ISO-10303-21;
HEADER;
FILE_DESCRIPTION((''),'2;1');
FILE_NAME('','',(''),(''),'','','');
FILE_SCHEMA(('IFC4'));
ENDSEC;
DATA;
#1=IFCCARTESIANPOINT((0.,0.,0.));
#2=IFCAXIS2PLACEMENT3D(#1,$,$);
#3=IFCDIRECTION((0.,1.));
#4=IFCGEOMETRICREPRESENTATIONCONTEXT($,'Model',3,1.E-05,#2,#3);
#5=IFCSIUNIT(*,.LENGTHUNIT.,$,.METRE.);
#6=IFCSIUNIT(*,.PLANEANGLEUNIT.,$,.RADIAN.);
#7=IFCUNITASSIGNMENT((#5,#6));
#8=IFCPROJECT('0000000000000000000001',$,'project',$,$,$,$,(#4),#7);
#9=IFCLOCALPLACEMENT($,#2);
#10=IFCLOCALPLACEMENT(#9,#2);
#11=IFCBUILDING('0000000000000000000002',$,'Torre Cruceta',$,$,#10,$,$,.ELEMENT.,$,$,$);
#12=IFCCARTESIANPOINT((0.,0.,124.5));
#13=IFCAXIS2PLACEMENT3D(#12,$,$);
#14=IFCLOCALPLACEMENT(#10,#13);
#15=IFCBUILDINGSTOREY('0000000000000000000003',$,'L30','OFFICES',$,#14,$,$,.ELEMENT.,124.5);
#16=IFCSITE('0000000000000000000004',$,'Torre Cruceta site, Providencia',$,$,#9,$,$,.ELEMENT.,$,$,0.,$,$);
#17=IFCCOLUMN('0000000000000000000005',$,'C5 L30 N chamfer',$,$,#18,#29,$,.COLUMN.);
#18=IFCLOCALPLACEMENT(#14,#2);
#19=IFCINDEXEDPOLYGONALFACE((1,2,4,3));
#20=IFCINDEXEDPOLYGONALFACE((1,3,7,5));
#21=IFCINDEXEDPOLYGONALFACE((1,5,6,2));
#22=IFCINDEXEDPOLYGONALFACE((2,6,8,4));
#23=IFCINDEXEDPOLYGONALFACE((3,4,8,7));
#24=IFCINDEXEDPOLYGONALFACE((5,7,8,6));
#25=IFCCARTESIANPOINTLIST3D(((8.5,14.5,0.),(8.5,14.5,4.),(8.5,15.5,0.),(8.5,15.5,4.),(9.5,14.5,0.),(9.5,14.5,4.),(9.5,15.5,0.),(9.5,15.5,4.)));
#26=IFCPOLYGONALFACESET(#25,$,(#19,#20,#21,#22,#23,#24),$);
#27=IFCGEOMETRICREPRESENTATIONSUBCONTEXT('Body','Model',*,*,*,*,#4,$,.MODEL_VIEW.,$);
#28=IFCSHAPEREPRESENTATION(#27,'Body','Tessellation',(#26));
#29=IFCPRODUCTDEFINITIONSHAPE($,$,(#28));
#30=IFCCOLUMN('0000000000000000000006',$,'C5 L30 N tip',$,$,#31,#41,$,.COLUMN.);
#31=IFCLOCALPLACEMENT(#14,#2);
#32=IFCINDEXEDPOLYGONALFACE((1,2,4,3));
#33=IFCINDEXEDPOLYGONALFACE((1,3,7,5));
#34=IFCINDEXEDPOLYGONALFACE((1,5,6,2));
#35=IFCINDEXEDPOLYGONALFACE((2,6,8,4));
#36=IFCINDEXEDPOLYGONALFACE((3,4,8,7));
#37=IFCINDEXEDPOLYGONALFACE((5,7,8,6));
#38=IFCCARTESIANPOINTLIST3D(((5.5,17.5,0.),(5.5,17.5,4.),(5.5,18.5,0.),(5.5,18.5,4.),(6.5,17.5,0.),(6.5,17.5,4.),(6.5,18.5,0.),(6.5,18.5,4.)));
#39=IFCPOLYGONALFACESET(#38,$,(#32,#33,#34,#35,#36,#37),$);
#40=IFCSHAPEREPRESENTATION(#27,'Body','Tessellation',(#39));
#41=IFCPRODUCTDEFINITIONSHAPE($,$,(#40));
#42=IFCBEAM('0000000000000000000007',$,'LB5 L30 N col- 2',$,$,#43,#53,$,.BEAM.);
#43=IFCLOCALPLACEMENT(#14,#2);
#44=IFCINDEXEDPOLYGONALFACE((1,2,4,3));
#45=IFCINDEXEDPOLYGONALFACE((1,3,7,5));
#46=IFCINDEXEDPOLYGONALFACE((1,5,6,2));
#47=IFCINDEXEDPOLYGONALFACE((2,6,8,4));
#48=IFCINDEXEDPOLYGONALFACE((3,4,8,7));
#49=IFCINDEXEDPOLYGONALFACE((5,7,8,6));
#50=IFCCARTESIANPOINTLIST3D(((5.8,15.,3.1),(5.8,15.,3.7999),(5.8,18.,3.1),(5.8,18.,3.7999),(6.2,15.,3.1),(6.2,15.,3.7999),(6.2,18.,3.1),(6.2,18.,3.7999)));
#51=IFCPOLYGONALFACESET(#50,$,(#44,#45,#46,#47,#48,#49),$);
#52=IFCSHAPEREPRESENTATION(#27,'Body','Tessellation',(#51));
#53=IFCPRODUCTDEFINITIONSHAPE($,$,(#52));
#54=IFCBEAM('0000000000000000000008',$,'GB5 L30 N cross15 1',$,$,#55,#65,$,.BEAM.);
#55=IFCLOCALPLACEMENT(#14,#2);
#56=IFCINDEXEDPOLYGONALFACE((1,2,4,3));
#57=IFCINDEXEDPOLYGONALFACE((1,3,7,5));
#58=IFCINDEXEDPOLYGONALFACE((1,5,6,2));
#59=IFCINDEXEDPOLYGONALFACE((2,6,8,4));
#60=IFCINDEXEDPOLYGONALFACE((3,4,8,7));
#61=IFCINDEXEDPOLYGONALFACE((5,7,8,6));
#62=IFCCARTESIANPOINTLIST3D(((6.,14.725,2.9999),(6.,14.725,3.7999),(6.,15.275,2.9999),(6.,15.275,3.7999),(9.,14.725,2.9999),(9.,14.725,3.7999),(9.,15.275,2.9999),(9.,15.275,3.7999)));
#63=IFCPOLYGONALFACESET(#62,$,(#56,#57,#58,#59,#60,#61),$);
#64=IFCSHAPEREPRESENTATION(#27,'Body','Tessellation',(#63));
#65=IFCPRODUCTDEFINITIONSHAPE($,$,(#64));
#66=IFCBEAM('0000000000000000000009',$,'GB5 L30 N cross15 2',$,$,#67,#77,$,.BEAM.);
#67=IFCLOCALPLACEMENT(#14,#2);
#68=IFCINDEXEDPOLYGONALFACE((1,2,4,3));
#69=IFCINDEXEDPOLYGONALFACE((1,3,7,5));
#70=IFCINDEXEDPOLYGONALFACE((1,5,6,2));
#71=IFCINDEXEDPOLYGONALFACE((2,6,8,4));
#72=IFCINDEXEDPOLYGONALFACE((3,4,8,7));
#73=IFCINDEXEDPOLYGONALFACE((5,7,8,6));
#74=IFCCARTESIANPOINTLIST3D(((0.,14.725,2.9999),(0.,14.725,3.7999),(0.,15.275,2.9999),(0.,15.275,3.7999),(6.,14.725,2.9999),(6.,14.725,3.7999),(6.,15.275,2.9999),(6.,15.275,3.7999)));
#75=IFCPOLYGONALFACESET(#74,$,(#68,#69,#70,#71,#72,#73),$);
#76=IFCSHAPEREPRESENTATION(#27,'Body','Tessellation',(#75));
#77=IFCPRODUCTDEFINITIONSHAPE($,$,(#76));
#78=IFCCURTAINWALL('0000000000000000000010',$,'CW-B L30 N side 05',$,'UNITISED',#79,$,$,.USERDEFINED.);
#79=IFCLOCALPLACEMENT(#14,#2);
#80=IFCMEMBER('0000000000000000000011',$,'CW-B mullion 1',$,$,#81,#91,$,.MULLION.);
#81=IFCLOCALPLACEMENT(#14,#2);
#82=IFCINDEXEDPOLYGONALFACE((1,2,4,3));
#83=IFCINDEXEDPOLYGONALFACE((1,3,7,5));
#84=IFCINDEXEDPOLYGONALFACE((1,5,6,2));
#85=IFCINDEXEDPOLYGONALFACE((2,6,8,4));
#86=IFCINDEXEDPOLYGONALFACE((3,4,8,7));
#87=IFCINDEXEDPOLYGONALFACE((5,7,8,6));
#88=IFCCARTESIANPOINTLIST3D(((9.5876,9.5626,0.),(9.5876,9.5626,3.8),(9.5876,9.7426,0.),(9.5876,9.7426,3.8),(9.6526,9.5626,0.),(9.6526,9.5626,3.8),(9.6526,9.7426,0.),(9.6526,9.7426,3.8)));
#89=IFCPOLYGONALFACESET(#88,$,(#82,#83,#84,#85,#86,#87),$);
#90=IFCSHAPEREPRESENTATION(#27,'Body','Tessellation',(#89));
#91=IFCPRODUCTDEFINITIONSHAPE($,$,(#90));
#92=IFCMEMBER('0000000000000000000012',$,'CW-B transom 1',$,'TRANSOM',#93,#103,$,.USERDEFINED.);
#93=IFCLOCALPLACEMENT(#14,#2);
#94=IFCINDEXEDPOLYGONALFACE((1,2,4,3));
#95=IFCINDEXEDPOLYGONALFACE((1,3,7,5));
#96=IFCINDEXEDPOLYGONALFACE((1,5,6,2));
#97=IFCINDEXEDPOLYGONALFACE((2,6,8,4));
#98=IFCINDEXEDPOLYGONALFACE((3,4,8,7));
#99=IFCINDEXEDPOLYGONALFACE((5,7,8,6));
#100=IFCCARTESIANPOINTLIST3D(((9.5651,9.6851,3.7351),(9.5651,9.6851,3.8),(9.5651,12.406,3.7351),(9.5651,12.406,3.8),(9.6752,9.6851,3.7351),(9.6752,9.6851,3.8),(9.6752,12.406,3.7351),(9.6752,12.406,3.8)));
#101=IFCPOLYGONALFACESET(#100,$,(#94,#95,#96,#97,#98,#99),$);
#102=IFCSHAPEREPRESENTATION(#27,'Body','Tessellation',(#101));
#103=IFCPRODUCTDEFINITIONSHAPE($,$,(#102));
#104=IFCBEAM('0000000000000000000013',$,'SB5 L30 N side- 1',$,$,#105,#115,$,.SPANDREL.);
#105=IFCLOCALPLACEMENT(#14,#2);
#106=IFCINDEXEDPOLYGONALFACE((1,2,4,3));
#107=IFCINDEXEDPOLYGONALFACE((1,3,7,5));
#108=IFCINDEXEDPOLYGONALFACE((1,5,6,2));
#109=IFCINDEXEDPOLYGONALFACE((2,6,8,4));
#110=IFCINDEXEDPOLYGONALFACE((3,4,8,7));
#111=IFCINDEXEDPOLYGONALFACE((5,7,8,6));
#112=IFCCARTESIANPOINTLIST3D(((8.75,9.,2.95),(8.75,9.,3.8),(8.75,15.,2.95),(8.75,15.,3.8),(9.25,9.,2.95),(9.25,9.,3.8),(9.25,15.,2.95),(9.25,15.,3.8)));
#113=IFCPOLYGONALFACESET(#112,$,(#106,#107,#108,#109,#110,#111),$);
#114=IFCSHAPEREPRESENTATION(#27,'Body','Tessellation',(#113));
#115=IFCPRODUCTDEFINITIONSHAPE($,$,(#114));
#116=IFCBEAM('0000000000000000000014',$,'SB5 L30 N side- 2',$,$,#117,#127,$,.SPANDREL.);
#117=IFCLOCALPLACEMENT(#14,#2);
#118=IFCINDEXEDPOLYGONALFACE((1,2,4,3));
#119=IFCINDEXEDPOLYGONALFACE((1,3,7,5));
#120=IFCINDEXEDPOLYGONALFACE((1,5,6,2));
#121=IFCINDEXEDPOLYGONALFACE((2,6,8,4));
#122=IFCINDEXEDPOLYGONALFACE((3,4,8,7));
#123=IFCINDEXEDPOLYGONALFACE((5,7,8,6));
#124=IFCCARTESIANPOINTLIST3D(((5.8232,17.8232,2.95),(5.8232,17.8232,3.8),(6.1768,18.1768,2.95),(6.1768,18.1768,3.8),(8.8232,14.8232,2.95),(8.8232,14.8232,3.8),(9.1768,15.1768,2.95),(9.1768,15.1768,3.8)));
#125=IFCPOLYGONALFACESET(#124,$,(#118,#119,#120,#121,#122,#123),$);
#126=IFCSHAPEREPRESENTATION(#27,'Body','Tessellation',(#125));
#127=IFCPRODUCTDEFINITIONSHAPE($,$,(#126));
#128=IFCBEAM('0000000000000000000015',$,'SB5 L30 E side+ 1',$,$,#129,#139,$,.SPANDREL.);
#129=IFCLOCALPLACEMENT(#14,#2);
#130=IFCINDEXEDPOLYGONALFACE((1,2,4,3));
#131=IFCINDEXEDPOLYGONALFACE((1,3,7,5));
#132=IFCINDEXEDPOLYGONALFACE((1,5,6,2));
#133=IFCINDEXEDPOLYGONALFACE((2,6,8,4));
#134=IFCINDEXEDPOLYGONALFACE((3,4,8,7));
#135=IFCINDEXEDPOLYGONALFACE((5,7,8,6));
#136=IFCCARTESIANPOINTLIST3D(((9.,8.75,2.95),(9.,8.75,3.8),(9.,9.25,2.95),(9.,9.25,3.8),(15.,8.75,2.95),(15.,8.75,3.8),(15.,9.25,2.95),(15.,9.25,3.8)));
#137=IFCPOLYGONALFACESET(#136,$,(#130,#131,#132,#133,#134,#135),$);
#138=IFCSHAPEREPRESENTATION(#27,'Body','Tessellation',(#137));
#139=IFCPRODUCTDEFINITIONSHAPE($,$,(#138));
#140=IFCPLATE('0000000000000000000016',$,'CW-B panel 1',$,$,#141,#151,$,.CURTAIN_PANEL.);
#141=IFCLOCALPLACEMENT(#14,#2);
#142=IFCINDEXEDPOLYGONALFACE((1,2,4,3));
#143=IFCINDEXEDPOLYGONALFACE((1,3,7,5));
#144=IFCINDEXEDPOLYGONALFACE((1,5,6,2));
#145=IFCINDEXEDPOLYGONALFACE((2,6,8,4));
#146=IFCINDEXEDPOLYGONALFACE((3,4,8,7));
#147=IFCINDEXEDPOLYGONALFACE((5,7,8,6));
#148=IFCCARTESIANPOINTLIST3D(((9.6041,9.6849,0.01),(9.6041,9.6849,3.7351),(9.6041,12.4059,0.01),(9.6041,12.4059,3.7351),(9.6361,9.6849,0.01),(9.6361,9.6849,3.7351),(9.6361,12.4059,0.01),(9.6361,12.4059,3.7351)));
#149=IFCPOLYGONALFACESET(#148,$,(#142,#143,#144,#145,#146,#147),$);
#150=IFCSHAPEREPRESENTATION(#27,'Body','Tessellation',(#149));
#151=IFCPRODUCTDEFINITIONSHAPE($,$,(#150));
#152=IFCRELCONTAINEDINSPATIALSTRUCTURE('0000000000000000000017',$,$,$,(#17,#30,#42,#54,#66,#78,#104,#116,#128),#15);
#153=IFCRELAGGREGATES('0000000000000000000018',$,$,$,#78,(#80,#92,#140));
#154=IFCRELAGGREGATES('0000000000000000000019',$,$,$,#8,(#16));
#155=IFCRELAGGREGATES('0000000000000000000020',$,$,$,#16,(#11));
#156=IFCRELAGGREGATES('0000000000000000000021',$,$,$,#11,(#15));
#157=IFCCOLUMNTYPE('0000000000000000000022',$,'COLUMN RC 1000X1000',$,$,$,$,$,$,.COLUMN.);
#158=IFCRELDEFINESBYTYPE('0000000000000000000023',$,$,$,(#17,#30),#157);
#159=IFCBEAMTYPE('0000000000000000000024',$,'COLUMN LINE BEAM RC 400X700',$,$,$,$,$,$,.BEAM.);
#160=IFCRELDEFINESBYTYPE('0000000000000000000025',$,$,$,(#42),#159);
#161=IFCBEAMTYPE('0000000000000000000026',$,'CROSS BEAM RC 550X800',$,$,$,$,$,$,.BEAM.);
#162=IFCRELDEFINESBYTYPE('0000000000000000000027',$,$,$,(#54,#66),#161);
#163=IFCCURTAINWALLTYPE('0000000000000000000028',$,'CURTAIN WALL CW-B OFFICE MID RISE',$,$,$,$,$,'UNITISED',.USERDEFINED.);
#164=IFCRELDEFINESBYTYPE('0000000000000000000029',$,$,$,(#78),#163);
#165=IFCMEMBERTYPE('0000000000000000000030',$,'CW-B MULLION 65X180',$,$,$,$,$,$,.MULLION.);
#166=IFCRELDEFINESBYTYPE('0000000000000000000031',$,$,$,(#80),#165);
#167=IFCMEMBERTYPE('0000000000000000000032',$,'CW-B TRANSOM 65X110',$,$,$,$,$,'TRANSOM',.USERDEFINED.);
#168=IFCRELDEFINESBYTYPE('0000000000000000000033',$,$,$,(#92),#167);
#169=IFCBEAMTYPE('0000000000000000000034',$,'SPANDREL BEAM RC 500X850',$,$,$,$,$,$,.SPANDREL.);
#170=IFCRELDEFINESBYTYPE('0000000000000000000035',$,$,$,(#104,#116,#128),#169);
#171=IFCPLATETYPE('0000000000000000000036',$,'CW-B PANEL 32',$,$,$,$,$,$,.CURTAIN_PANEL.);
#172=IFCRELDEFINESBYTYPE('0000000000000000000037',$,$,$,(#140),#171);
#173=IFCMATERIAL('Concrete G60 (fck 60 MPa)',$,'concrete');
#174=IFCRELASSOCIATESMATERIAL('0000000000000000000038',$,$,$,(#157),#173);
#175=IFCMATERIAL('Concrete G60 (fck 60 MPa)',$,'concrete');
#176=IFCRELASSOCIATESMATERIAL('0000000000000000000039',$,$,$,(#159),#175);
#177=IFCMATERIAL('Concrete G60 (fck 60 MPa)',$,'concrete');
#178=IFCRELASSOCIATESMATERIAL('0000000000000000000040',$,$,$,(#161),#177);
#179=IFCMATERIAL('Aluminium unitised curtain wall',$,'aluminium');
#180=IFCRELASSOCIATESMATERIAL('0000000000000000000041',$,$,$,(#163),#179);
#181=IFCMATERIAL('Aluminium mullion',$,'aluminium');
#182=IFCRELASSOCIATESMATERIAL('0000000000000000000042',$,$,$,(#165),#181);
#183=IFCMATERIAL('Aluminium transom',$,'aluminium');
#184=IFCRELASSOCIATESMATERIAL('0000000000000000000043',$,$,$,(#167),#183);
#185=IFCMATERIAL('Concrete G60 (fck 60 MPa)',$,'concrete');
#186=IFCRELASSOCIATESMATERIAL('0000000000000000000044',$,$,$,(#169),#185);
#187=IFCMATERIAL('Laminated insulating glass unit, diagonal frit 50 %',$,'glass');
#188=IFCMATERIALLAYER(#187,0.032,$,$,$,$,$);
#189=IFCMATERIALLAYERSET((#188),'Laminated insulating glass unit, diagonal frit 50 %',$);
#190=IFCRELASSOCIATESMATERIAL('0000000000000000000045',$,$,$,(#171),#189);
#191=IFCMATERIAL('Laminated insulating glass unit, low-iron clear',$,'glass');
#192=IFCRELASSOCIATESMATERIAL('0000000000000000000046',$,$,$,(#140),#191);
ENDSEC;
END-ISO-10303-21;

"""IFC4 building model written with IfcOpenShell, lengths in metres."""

from ifc_helpers import new_model, si_unit, direction, frame, origin, origin_2d, place, context, subcontext, project, spatial, rectangle, extrude, material, layer, layer_set, material_profile, profile_set, type_object, element, aggregate, save


model = new_model("IFC4")

# Units and contexts
model_context = context("Model", 3, precision=1e-05, world=origin(), true_north=direction((0.0, 1.0)))
body_context = subcontext(model_context, "Body", "Model", "MODEL_VIEW")
ifc_project = project(units=[si_unit("LENGTHUNIT", "METRE"), si_unit("PLANEANGLEUNIT", "RADIAN")], contexts=[model_context])

# Site, building, storey
site_placement = place(None, origin())
site = spatial("IfcSite", under=ifc_project, at=site_placement, Name="Torre Cruceta site, Providencia", CompositionType="ELEMENT", RefElevation=0.0)
building_placement = place(site_placement, origin())
building = spatial("IfcBuilding", under=site, at=building_placement, Name="Torre Cruceta", CompositionType="ELEMENT")
storey_placement = place(building_placement, frame((0.0, 0.0, 124.5)))
storey = spatial("IfcBuildingStorey", under=building, at=storey_placement, Name="L30", Description="OFFICES", CompositionType="ELEMENT", Elevation=124.5)

# Columns
ifc_material_1 = material(Name="Concrete G60 (fck 60 MPa)", Category="concrete")
ifc_material_profile_1 = material_profile(ifc_material_1, rectangle(XDim=1.0, YDim=1.0, at=origin_2d()), Name="RC 1000X1000")
ifc_profile_set_1 = profile_set([ifc_material_profile_1], Name="Concrete G60 (fck 60 MPa)")
column_type = type_object("IfcColumnType", Name="COLUMN RC 1000X1000", PredefinedType="COLUMN", material=ifc_profile_set_1)
for number, where, z_axis, x_axis, name in (
    (1, (9.0, 15.0, 0.0), (0.0, 0.0, 1.0), (1.0, 0.0, 0.0), "C5 L30 N chamfer"),
    (2, (6.0, 18.0, 0.0), (0.0, 0.0, 1.0), (1.0, 0.0, 0.0), "C5 L30 N tip"),
):
    element("IfcColumn", number, at=place(storey_placement, frame(where, z_axis=z_axis, x_axis=x_axis)), inside=storey, type_object=column_type, Name=name, PredefinedType="COLUMN", context=body_context, shape_type="SweptSolid", body=[
        extrude(rectangle(XDim=1.0, YDim=1.0, at=origin_2d()), origin(), (0.0, 0.0, 1.0), 4.0),
    ])

# Beams
ifc_material_2 = material(Name="Concrete G60 (fck 60 MPa)", Category="concrete")
ifc_material_profile_2 = material_profile(ifc_material_2, rectangle(XDim=0.3999, YDim=0.7, at=origin_2d()), Name="RC 400X700")
ifc_profile_set_2 = profile_set([ifc_material_profile_2], Name="Concrete G60 (fck 60 MPa)")
beam_type_1 = type_object("IfcBeamType", Name="COLUMN LINE BEAM RC 400X700", PredefinedType="BEAM", material=ifc_profile_set_2)
beam_1_placement = place(storey_placement, frame((6.0, 15.0, 3.45), z_axis=(0.0, 1.0, 0.0), x_axis=(-1.0, 0.0, 0.0)))
element("IfcBeam", 3, at=beam_1_placement, inside=storey, type_object=beam_type_1, Name="LB5 L30 N col- 2", PredefinedType="BEAM", context=body_context, shape_type="SweptSolid", body=[
    extrude(rectangle(XDim=0.3999, YDim=0.7, at=origin_2d()), origin(), (0.0, 0.0, 1.0), 3.0),
])
ifc_material_3 = material(Name="Concrete G60 (fck 60 MPa)", Category="concrete")
ifc_material_profile_3 = material_profile(ifc_material_3, rectangle(XDim=0.55, YDim=0.8, at=origin_2d()), Name="RC 550X800")
ifc_profile_set_3 = profile_set([ifc_material_profile_3], Name="Concrete G60 (fck 60 MPa)")
beam_type_2 = type_object("IfcBeamType", Name="CROSS BEAM RC 550X800", PredefinedType="BEAM", material=ifc_profile_set_3)
beam_2_placement = place(storey_placement, frame((9.0, 15.0, 3.3999), z_axis=(-1.0, 0.0, 0.0), x_axis=(0.0, -1.0, 0.0)))
element("IfcBeam", 4, at=beam_2_placement, inside=storey, type_object=beam_type_2, Name="GB5 L30 N cross15 1", PredefinedType="BEAM", context=body_context, shape_type="SweptSolid", body=[
    extrude(rectangle(XDim=0.55, YDim=0.8, at=origin_2d()), origin(), (0.0, 0.0, 1.0), 3.0),
])
beam_3_placement = place(storey_placement, frame((6.0, 15.0, 3.3999), z_axis=(-1.0, 0.0, 0.0), x_axis=(0.0, -1.0, 0.0)))
element("IfcBeam", 5, at=beam_3_placement, inside=storey, type_object=beam_type_2, Name="GB5 L30 N cross15 2", PredefinedType="BEAM", context=body_context, shape_type="SweptSolid", body=[
    extrude(rectangle(XDim=0.55, YDim=0.8, at=origin_2d()), origin(), (0.0, 0.0, 1.0), 6.0),
])

# Curtain wall, members
ifc_material_4 = material(Name="Aluminium unitised curtain wall", Category="aluminium")
curtain_wall_type = type_object("IfcCurtainWallType", Name="CURTAIN WALL CW-B OFFICE MID RISE", ElementType="UNITISED", PredefinedType="USERDEFINED", material=ifc_material_4)
curtain_wall_placement = place(storey_placement, origin())
curtain_wall = element("IfcCurtainWall", 6, at=curtain_wall_placement, inside=storey, type_object=curtain_wall_type, Name="CW-B L30 N side 05", ObjectType="UNITISED", PredefinedType="USERDEFINED")
ifc_material_5 = material(Name="Aluminium mullion", Category="aluminium")
ifc_material_profile_4 = material_profile(ifc_material_5, rectangle(XDim=0.0649, YDim=0.1799, at=origin_2d()), Name="AL 65X180")
ifc_profile_set_4 = profile_set([ifc_material_profile_4], Name="Aluminium mullion")
member_type_1 = type_object("IfcMemberType", Name="CW-B MULLION 65X180", PredefinedType="MULLION", material=ifc_profile_set_4)
member_1_placement = place(storey_placement, frame((9.6201, 9.6526, 0.0), z_axis=(0.0, 0.0, 1.0), x_axis=(-1.0, 0.0, 0.0)))
member_1 = element("IfcMember", 7, at=member_1_placement, type_object=member_type_1, Name="CW-B mullion 1", PredefinedType="MULLION", context=body_context, shape_type="SweptSolid", body=[
    extrude(rectangle(XDim=0.0649, YDim=0.1799, at=origin_2d()), origin(), (0.0, 0.0, 1.0), 3.8),
])
ifc_material_6 = material(Name="Aluminium transom", Category="aluminium")
ifc_material_profile_5 = material_profile(ifc_material_6, rectangle(XDim=0.1101, YDim=0.0649, at=origin_2d()), Name="AL 110X65")
ifc_profile_set_5 = profile_set([ifc_material_profile_5], Name="Aluminium transom")
member_type_2 = type_object("IfcMemberType", Name="CW-B TRANSOM 65X110", ElementType="TRANSOM", PredefinedType="USERDEFINED", material=ifc_profile_set_5)
member_2_placement = place(storey_placement, frame((9.6201, 9.6851, 3.7676), z_axis=(0.0, 1.0, 0.0), x_axis=(-1.0, 0.0, 0.0)))
member_2 = element("IfcMember", 8, at=member_2_placement, type_object=member_type_2, Name="CW-B transom 1", ObjectType="TRANSOM", PredefinedType="USERDEFINED", context=body_context, shape_type="SweptSolid", body=[
    extrude(rectangle(XDim=0.1101, YDim=0.0649, at=origin_2d()), origin(), (0.0, 0.0, 1.0), 2.7209),
])

# Beams
ifc_material_7 = material(Name="Concrete G60 (fck 60 MPa)", Category="concrete")
ifc_material_profile_6 = material_profile(ifc_material_7, rectangle(XDim=0.5, YDim=0.8501, at=origin_2d()), Name="RC 500X850")
ifc_profile_set_6 = profile_set([ifc_material_profile_6], Name="Concrete G60 (fck 60 MPa)")
beam_type_3 = type_object("IfcBeamType", Name="SPANDREL BEAM RC 500X850", PredefinedType="SPANDREL", material=ifc_profile_set_6)
beam_4_placement = place(storey_placement, frame((9.0, 9.0, 3.375), z_axis=(0.0, 1.0, 0.0), x_axis=(-1.0, 0.0, 0.0)))
element("IfcBeam", 9, at=beam_4_placement, inside=storey, type_object=beam_type_3, Name="SB5 L30 N side- 1", PredefinedType="SPANDREL", context=body_context, shape_type="SweptSolid", body=[
    extrude(rectangle(XDim=0.5, YDim=0.8501, at=origin_2d()), origin(), (0.0, 0.0, 1.0), 6.0),
])
beam_5_placement = place(storey_placement, frame((9.0, 15.0, 3.375), z_axis=(-0.707107, 0.707107, 0.0), x_axis=(-0.707107, -0.707107, 0.0)))
element("IfcBeam", 10, at=beam_5_placement, inside=storey, type_object=beam_type_3, Name="SB5 L30 N side- 2", PredefinedType="SPANDREL", context=body_context, shape_type="SweptSolid", body=[
    extrude(rectangle(XDim=0.5, YDim=0.8501, at=origin_2d()), origin(), (0.0, 0.0, 1.0), 4.2427),
])
beam_6_placement = place(storey_placement, frame((9.0, 9.0, 3.375), z_axis=(1.0, 0.0, 0.0), x_axis=(0.0, 1.0, 0.0)))
element("IfcBeam", 11, at=beam_6_placement, inside=storey, type_object=beam_type_3, Name="SB5 L30 E side+ 1", PredefinedType="SPANDREL", context=body_context, shape_type="SweptSolid", body=[
    extrude(rectangle(XDim=0.5, YDim=0.8501, at=origin_2d()), origin(), (0.0, 0.0, 1.0), 6.0),
])

# Plate
ifc_material_8 = material(Name="Laminated insulating glass unit, low-iron clear", Category="glass")
ifc_material_9 = material(Name="Laminated insulating glass unit, diagonal frit 50 %", Category="glass")
ifc_layer_1 = layer(ifc_material_9, 0.032)
ifc_layer_set_1 = layer_set([ifc_layer_1], Name="Laminated insulating glass unit, diagonal frit 50 %")
plate_type = type_object("IfcPlateType", Name="CW-B PANEL 32", PredefinedType="CURTAIN_PANEL", material=ifc_layer_set_1)
plate_placement = place(storey_placement, frame((9.6201, 11.0454, 0.01), z_axis=(0.0, 0.0, 1.0), x_axis=(0.0, 1.0, 0.0)))
plate = element("IfcPlate", 12, at=plate_placement, type_object=plate_type, material=ifc_material_8, Name="CW-B panel 1", PredefinedType="CURTAIN_PANEL", context=body_context, shape_type="SweptSolid", body=[
    extrude(rectangle(XDim=2.7209, YDim=0.032, at=origin_2d()), origin(), (0.0, 0.0, 1.0), 3.7251),
])
aggregate(curtain_wall, [member_1, member_2, plate])

save(model, "model.ifc")
